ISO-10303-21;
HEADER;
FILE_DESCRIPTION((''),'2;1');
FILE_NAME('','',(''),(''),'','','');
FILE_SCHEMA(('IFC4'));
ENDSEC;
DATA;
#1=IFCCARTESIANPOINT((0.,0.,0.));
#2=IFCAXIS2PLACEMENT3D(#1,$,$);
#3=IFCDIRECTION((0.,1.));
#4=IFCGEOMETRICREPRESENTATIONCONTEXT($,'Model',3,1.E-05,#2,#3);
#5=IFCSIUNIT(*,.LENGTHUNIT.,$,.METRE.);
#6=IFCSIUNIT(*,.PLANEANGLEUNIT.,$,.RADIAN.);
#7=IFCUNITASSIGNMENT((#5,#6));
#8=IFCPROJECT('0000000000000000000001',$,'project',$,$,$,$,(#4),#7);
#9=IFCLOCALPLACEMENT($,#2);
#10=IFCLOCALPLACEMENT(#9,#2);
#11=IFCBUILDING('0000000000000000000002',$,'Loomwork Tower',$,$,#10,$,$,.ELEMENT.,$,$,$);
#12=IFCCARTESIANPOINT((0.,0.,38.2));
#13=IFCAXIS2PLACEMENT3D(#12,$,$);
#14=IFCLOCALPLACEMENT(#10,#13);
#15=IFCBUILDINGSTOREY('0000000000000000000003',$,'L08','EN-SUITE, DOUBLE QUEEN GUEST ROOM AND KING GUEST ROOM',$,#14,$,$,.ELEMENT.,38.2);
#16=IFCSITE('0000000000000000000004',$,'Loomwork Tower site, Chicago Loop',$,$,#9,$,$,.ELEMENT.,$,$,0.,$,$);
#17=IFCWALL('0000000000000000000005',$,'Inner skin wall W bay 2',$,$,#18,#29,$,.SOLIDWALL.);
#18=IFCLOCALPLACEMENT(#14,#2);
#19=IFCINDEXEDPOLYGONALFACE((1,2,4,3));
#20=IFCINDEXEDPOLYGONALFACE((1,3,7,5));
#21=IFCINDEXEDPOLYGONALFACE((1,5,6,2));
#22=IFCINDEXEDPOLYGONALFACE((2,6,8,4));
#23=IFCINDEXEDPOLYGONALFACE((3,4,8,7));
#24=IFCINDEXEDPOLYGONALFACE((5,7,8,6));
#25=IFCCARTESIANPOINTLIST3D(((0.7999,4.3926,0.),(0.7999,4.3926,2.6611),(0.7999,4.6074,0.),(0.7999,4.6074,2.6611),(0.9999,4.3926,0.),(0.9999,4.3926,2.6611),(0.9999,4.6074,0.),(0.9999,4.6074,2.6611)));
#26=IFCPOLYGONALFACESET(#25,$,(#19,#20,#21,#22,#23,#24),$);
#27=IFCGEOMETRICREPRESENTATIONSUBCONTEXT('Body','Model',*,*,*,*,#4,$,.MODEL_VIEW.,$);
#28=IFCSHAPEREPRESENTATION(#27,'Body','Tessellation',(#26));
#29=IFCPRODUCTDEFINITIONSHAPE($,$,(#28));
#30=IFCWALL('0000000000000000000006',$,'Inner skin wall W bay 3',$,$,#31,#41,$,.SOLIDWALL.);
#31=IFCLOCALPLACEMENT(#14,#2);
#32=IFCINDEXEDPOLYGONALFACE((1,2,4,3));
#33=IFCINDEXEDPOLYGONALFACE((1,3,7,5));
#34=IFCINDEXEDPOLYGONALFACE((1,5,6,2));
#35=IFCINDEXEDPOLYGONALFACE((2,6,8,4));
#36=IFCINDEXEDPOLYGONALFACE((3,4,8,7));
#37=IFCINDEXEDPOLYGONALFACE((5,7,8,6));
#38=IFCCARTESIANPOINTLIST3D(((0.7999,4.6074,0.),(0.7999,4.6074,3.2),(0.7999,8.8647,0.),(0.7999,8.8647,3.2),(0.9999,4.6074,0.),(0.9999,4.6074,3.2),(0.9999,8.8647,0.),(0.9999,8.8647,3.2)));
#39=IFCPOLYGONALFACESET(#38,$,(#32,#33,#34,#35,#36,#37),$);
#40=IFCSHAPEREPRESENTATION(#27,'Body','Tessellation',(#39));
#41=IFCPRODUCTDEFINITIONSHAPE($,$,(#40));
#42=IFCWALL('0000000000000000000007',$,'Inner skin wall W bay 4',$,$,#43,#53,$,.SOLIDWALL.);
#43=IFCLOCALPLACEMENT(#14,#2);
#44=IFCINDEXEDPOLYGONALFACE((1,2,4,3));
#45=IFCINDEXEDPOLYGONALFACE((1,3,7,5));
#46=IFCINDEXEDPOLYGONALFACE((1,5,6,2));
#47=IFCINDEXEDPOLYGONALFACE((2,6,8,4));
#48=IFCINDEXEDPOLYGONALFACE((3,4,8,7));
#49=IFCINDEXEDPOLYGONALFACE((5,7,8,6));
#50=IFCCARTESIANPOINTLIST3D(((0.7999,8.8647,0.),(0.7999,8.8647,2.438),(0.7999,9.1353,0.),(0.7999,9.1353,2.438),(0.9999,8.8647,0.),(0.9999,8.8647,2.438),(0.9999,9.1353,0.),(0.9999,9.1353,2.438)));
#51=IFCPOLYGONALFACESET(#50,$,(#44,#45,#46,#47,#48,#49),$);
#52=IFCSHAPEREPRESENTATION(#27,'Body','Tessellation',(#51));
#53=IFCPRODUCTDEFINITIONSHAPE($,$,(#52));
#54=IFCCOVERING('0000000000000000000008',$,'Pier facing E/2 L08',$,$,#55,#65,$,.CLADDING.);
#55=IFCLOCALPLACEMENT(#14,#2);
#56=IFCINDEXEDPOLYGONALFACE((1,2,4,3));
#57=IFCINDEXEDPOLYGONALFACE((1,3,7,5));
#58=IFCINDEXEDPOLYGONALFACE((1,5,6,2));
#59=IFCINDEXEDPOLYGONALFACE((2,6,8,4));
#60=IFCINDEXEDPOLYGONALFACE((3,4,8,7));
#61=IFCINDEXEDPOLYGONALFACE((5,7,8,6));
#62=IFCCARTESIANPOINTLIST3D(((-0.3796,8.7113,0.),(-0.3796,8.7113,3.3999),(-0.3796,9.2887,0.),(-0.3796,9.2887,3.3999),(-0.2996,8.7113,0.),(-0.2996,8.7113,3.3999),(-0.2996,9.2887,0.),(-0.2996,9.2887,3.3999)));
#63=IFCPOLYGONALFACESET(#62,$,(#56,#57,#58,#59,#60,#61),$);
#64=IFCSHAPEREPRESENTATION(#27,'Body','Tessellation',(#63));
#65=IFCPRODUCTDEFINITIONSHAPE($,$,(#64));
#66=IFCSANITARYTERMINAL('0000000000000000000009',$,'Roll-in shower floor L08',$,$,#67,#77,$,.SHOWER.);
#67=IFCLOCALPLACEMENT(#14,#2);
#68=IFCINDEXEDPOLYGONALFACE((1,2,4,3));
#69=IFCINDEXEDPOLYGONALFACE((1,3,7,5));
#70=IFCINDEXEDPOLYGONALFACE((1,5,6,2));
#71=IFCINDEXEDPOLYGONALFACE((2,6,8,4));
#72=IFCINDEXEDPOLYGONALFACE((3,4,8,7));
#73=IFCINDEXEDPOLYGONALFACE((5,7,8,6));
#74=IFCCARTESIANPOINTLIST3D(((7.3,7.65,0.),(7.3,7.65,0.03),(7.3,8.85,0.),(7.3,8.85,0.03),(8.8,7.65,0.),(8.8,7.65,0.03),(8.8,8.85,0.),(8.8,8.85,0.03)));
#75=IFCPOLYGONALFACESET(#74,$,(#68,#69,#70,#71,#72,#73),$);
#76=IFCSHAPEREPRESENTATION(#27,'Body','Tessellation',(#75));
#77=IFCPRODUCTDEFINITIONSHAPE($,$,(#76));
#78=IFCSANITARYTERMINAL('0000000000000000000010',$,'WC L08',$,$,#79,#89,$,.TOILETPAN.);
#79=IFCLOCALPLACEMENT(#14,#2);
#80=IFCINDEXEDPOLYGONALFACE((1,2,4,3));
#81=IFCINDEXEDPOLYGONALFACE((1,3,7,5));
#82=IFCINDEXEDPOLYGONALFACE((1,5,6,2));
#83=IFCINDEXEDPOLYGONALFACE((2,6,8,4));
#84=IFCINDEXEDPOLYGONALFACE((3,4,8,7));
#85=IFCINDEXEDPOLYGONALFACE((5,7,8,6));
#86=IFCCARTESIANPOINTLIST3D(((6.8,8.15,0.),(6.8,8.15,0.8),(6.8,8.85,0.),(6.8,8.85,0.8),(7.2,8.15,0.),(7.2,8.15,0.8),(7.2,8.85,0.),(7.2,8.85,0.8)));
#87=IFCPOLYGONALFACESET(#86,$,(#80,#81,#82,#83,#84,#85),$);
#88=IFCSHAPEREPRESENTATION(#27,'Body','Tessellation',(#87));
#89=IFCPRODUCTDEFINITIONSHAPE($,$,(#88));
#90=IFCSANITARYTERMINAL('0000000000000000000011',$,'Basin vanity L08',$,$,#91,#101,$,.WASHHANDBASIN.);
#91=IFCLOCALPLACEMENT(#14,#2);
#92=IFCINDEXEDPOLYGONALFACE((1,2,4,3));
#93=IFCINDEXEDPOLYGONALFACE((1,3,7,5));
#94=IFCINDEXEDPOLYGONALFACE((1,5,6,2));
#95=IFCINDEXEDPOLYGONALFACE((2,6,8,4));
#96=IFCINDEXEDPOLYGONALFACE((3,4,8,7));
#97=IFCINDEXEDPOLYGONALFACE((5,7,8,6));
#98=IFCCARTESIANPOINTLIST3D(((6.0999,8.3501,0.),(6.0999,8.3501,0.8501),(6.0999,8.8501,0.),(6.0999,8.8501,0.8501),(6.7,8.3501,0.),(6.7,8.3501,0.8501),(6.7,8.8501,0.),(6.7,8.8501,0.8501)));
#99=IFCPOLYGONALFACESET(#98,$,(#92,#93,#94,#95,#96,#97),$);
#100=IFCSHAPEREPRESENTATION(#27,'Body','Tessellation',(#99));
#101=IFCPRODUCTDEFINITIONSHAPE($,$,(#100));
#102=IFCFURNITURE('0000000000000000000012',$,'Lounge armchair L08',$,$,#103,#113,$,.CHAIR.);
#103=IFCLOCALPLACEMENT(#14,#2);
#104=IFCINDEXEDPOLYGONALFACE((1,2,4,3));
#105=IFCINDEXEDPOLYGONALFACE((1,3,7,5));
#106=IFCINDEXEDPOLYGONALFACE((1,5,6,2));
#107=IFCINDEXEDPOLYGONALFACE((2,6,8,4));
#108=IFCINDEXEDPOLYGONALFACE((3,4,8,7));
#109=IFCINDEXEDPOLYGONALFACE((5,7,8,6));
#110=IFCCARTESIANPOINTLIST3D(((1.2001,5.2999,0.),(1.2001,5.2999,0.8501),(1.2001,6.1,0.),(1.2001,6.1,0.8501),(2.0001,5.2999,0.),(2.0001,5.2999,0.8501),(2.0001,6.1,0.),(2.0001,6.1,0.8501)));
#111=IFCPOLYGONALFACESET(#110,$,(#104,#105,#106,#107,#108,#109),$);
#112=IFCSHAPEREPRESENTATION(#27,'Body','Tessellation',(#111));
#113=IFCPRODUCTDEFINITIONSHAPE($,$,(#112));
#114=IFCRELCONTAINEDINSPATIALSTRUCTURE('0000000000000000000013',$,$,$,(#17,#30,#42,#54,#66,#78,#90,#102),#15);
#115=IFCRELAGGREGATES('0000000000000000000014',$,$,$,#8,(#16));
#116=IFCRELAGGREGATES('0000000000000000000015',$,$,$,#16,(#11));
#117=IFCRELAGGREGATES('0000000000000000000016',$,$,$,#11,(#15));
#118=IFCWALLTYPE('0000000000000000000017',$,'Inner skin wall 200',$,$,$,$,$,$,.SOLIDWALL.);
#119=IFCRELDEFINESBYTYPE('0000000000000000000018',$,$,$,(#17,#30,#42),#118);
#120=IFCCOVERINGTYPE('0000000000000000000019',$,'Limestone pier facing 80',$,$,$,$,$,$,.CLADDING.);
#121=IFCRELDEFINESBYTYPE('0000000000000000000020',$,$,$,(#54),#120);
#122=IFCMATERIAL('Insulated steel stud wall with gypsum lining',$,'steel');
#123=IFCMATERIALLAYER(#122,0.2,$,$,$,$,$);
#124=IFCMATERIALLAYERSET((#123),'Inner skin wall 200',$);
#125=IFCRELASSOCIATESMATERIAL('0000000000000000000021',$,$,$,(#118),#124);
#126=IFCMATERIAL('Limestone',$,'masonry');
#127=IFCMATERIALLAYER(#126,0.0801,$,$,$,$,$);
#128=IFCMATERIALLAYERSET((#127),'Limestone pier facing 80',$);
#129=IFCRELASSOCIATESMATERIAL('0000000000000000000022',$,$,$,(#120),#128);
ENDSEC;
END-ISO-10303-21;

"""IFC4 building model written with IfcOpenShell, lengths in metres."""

from ifc_helpers import new_model, si_unit, direction, frame, frame_2d, origin, origin_2d, place, context, subcontext, project, spatial, rectangle, extrude, material, layer, layer_set, type_object, element, save


model = new_model("IFC4")

# Units and contexts
model_context = context("Model", 3, precision=1e-05, world=origin(), true_north=direction((0.0, 1.0)))
body_context = subcontext(model_context, "Body", "Model", "MODEL_VIEW")
ifc_project = project(units=[si_unit("LENGTHUNIT", "METRE"), si_unit("PLANEANGLEUNIT", "RADIAN")], contexts=[model_context])

# Site, building, storey
site_placement = place(None, origin())
site = spatial("IfcSite", under=ifc_project, at=site_placement, Name="Loomwork Tower site, Chicago Loop", CompositionType="ELEMENT", RefElevation=0.0)
building_placement = place(site_placement, origin())
building = spatial("IfcBuilding", under=site, at=building_placement, Name="Loomwork Tower", CompositionType="ELEMENT")
storey_placement = place(building_placement, frame((0.0, 0.0, 38.2)))
storey = spatial("IfcBuildingStorey", under=building, at=storey_placement, Name="L08", Description="EN-SUITE, DOUBLE QUEEN GUEST ROOM AND KING GUEST ROOM", CompositionType="ELEMENT", Elevation=38.2)

# Walls
ifc_material_1 = material(Name="Insulated steel stud wall with gypsum lining", Category="steel")
ifc_layer_1 = layer(ifc_material_1, 0.2)
ifc_layer_set_1 = layer_set([ifc_layer_1], Name="Inner skin wall 200")
wall_type_1 = type_object("IfcWallType", Name="Inner skin wall 200", PredefinedType="SOLIDWALL", material=ifc_layer_set_1)
wall_1_placement = place(storey_placement, frame((0.8999, 4.3926, 0.0), z_axis=(0.0, 0.0, 1.0), x_axis=(0.0, 1.0, 0.0)))
element("IfcWall", 1, at=wall_1_placement, inside=storey, type_object=wall_type_1, Name="Inner skin wall W bay 2", PredefinedType="SOLIDWALL", context=body_context, shape_type="SweptSolid", body=[
    extrude(rectangle(XDim=0.2148, YDim=0.2, at=frame_2d((0.1074, 0.0))), origin(), (0.0, 0.0, 1.0), 2.6611),
])
wall_2_placement = place(storey_placement, frame((0.8999, 4.6074, 0.0), z_axis=(0.0, 0.0, 1.0), x_axis=(0.0, 1.0, 0.0)))
element("IfcWall", 2, at=wall_2_placement, inside=storey, type_object=wall_type_1, Name="Inner skin wall W bay 3", PredefinedType="SOLIDWALL", context=body_context, shape_type="SweptSolid", body=[
    extrude(rectangle(XDim=4.2573, YDim=0.2, at=frame_2d((2.1287, 0.0))), origin(), (0.0, 0.0, 1.0), 3.2),
])
wall_3_placement = place(storey_placement, frame((0.8999, 8.8647, 0.0), z_axis=(0.0, 0.0, 1.0), x_axis=(0.0, 1.0, 0.0)))
element("IfcWall", 3, at=wall_3_placement, inside=storey, type_object=wall_type_1, Name="Inner skin wall W bay 4", PredefinedType="SOLIDWALL", context=body_context, shape_type="SweptSolid", body=[
    extrude(rectangle(XDim=0.2705, YDim=0.2, at=frame_2d((0.1353, 0.0))), origin(), (0.0, 0.0, 1.0), 2.438),
])

# Covering
ifc_material_2 = material(Name="Limestone", Category="masonry")
ifc_layer_2 = layer(ifc_material_2, 0.0801)
ifc_layer_set_2 = layer_set([ifc_layer_2], Name="Limestone pier facing 80")
covering_type = type_object("IfcCoveringType", Name="Limestone pier facing 80", PredefinedType="CLADDING", material=ifc_layer_set_2)
covering_placement = place(storey_placement, frame((-0.3396, 9.0, 0.0), z_axis=(0.0, 0.0, 1.0), x_axis=(1.0, 0.0, 0.0)))
element("IfcCovering", 4, at=covering_placement, inside=storey, type_object=covering_type, Name="Pier facing E/2 L08", PredefinedType="CLADDING", context=body_context, shape_type="SweptSolid", body=[
    extrude(rectangle(XDim=0.0801, YDim=0.5774, at=origin_2d()), origin(), (0.0, 0.0, 1.0), 3.3999),
])

# Sanitary terminals
sanitary_terminal_1_placement = place(storey_placement, frame((8.05, 8.25, 0.0), z_axis=(0.0, 0.0, 1.0), x_axis=(1.0, 0.0, 0.0)))
element("IfcSanitaryTerminal", 5, at=sanitary_terminal_1_placement, inside=storey, Name="Roll-in shower floor L08", PredefinedType="SHOWER", context=body_context, shape_type="SweptSolid", body=[
    extrude(rectangle(XDim=1.5, YDim=1.2, at=origin_2d()), origin(), (0.0, 0.0, 1.0), 0.03),
])
sanitary_terminal_2_placement = place(storey_placement, frame((7.0, 8.5, 0.0), z_axis=(0.0, 0.0, 1.0), x_axis=(1.0, 0.0, 0.0)))
element("IfcSanitaryTerminal", 6, at=sanitary_terminal_2_placement, inside=storey, Name="WC L08", PredefinedType="TOILETPAN", context=body_context, shape_type="SweptSolid", body=[
    extrude(rectangle(XDim=0.3999, YDim=0.7, at=origin_2d()), origin(), (0.0, 0.0, 1.0), 0.8),
])
sanitary_terminal_3_placement = place(storey_placement, frame((6.3999, 8.6001, 0.0), z_axis=(0.0, 0.0, 1.0), x_axis=(1.0, 0.0, 0.0)))
element("IfcSanitaryTerminal", 7, at=sanitary_terminal_3_placement, inside=storey, Name="Basin vanity L08", PredefinedType="WASHHANDBASIN", context=body_context, shape_type="SweptSolid", body=[
    extrude(rectangle(XDim=0.6001, YDim=0.5, at=origin_2d()), origin(), (0.0, 0.0, 1.0), 0.8501),
])

# Furniture
furniture_placement = place(storey_placement, frame((1.6001, 5.7, 0.0), z_axis=(0.0, 0.0, 1.0), x_axis=(1.0, 0.0, 0.0)))
element("IfcFurniture", 8, at=furniture_placement, inside=storey, Name="Lounge armchair L08", PredefinedType="CHAIR", context=body_context, shape_type="SweptSolid", body=[
    extrude(rectangle(XDim=0.8, YDim=0.8, at=origin_2d()), origin(), (0.0, 0.0, 1.0), 0.8501),
])

save(model, "model.ifc")
